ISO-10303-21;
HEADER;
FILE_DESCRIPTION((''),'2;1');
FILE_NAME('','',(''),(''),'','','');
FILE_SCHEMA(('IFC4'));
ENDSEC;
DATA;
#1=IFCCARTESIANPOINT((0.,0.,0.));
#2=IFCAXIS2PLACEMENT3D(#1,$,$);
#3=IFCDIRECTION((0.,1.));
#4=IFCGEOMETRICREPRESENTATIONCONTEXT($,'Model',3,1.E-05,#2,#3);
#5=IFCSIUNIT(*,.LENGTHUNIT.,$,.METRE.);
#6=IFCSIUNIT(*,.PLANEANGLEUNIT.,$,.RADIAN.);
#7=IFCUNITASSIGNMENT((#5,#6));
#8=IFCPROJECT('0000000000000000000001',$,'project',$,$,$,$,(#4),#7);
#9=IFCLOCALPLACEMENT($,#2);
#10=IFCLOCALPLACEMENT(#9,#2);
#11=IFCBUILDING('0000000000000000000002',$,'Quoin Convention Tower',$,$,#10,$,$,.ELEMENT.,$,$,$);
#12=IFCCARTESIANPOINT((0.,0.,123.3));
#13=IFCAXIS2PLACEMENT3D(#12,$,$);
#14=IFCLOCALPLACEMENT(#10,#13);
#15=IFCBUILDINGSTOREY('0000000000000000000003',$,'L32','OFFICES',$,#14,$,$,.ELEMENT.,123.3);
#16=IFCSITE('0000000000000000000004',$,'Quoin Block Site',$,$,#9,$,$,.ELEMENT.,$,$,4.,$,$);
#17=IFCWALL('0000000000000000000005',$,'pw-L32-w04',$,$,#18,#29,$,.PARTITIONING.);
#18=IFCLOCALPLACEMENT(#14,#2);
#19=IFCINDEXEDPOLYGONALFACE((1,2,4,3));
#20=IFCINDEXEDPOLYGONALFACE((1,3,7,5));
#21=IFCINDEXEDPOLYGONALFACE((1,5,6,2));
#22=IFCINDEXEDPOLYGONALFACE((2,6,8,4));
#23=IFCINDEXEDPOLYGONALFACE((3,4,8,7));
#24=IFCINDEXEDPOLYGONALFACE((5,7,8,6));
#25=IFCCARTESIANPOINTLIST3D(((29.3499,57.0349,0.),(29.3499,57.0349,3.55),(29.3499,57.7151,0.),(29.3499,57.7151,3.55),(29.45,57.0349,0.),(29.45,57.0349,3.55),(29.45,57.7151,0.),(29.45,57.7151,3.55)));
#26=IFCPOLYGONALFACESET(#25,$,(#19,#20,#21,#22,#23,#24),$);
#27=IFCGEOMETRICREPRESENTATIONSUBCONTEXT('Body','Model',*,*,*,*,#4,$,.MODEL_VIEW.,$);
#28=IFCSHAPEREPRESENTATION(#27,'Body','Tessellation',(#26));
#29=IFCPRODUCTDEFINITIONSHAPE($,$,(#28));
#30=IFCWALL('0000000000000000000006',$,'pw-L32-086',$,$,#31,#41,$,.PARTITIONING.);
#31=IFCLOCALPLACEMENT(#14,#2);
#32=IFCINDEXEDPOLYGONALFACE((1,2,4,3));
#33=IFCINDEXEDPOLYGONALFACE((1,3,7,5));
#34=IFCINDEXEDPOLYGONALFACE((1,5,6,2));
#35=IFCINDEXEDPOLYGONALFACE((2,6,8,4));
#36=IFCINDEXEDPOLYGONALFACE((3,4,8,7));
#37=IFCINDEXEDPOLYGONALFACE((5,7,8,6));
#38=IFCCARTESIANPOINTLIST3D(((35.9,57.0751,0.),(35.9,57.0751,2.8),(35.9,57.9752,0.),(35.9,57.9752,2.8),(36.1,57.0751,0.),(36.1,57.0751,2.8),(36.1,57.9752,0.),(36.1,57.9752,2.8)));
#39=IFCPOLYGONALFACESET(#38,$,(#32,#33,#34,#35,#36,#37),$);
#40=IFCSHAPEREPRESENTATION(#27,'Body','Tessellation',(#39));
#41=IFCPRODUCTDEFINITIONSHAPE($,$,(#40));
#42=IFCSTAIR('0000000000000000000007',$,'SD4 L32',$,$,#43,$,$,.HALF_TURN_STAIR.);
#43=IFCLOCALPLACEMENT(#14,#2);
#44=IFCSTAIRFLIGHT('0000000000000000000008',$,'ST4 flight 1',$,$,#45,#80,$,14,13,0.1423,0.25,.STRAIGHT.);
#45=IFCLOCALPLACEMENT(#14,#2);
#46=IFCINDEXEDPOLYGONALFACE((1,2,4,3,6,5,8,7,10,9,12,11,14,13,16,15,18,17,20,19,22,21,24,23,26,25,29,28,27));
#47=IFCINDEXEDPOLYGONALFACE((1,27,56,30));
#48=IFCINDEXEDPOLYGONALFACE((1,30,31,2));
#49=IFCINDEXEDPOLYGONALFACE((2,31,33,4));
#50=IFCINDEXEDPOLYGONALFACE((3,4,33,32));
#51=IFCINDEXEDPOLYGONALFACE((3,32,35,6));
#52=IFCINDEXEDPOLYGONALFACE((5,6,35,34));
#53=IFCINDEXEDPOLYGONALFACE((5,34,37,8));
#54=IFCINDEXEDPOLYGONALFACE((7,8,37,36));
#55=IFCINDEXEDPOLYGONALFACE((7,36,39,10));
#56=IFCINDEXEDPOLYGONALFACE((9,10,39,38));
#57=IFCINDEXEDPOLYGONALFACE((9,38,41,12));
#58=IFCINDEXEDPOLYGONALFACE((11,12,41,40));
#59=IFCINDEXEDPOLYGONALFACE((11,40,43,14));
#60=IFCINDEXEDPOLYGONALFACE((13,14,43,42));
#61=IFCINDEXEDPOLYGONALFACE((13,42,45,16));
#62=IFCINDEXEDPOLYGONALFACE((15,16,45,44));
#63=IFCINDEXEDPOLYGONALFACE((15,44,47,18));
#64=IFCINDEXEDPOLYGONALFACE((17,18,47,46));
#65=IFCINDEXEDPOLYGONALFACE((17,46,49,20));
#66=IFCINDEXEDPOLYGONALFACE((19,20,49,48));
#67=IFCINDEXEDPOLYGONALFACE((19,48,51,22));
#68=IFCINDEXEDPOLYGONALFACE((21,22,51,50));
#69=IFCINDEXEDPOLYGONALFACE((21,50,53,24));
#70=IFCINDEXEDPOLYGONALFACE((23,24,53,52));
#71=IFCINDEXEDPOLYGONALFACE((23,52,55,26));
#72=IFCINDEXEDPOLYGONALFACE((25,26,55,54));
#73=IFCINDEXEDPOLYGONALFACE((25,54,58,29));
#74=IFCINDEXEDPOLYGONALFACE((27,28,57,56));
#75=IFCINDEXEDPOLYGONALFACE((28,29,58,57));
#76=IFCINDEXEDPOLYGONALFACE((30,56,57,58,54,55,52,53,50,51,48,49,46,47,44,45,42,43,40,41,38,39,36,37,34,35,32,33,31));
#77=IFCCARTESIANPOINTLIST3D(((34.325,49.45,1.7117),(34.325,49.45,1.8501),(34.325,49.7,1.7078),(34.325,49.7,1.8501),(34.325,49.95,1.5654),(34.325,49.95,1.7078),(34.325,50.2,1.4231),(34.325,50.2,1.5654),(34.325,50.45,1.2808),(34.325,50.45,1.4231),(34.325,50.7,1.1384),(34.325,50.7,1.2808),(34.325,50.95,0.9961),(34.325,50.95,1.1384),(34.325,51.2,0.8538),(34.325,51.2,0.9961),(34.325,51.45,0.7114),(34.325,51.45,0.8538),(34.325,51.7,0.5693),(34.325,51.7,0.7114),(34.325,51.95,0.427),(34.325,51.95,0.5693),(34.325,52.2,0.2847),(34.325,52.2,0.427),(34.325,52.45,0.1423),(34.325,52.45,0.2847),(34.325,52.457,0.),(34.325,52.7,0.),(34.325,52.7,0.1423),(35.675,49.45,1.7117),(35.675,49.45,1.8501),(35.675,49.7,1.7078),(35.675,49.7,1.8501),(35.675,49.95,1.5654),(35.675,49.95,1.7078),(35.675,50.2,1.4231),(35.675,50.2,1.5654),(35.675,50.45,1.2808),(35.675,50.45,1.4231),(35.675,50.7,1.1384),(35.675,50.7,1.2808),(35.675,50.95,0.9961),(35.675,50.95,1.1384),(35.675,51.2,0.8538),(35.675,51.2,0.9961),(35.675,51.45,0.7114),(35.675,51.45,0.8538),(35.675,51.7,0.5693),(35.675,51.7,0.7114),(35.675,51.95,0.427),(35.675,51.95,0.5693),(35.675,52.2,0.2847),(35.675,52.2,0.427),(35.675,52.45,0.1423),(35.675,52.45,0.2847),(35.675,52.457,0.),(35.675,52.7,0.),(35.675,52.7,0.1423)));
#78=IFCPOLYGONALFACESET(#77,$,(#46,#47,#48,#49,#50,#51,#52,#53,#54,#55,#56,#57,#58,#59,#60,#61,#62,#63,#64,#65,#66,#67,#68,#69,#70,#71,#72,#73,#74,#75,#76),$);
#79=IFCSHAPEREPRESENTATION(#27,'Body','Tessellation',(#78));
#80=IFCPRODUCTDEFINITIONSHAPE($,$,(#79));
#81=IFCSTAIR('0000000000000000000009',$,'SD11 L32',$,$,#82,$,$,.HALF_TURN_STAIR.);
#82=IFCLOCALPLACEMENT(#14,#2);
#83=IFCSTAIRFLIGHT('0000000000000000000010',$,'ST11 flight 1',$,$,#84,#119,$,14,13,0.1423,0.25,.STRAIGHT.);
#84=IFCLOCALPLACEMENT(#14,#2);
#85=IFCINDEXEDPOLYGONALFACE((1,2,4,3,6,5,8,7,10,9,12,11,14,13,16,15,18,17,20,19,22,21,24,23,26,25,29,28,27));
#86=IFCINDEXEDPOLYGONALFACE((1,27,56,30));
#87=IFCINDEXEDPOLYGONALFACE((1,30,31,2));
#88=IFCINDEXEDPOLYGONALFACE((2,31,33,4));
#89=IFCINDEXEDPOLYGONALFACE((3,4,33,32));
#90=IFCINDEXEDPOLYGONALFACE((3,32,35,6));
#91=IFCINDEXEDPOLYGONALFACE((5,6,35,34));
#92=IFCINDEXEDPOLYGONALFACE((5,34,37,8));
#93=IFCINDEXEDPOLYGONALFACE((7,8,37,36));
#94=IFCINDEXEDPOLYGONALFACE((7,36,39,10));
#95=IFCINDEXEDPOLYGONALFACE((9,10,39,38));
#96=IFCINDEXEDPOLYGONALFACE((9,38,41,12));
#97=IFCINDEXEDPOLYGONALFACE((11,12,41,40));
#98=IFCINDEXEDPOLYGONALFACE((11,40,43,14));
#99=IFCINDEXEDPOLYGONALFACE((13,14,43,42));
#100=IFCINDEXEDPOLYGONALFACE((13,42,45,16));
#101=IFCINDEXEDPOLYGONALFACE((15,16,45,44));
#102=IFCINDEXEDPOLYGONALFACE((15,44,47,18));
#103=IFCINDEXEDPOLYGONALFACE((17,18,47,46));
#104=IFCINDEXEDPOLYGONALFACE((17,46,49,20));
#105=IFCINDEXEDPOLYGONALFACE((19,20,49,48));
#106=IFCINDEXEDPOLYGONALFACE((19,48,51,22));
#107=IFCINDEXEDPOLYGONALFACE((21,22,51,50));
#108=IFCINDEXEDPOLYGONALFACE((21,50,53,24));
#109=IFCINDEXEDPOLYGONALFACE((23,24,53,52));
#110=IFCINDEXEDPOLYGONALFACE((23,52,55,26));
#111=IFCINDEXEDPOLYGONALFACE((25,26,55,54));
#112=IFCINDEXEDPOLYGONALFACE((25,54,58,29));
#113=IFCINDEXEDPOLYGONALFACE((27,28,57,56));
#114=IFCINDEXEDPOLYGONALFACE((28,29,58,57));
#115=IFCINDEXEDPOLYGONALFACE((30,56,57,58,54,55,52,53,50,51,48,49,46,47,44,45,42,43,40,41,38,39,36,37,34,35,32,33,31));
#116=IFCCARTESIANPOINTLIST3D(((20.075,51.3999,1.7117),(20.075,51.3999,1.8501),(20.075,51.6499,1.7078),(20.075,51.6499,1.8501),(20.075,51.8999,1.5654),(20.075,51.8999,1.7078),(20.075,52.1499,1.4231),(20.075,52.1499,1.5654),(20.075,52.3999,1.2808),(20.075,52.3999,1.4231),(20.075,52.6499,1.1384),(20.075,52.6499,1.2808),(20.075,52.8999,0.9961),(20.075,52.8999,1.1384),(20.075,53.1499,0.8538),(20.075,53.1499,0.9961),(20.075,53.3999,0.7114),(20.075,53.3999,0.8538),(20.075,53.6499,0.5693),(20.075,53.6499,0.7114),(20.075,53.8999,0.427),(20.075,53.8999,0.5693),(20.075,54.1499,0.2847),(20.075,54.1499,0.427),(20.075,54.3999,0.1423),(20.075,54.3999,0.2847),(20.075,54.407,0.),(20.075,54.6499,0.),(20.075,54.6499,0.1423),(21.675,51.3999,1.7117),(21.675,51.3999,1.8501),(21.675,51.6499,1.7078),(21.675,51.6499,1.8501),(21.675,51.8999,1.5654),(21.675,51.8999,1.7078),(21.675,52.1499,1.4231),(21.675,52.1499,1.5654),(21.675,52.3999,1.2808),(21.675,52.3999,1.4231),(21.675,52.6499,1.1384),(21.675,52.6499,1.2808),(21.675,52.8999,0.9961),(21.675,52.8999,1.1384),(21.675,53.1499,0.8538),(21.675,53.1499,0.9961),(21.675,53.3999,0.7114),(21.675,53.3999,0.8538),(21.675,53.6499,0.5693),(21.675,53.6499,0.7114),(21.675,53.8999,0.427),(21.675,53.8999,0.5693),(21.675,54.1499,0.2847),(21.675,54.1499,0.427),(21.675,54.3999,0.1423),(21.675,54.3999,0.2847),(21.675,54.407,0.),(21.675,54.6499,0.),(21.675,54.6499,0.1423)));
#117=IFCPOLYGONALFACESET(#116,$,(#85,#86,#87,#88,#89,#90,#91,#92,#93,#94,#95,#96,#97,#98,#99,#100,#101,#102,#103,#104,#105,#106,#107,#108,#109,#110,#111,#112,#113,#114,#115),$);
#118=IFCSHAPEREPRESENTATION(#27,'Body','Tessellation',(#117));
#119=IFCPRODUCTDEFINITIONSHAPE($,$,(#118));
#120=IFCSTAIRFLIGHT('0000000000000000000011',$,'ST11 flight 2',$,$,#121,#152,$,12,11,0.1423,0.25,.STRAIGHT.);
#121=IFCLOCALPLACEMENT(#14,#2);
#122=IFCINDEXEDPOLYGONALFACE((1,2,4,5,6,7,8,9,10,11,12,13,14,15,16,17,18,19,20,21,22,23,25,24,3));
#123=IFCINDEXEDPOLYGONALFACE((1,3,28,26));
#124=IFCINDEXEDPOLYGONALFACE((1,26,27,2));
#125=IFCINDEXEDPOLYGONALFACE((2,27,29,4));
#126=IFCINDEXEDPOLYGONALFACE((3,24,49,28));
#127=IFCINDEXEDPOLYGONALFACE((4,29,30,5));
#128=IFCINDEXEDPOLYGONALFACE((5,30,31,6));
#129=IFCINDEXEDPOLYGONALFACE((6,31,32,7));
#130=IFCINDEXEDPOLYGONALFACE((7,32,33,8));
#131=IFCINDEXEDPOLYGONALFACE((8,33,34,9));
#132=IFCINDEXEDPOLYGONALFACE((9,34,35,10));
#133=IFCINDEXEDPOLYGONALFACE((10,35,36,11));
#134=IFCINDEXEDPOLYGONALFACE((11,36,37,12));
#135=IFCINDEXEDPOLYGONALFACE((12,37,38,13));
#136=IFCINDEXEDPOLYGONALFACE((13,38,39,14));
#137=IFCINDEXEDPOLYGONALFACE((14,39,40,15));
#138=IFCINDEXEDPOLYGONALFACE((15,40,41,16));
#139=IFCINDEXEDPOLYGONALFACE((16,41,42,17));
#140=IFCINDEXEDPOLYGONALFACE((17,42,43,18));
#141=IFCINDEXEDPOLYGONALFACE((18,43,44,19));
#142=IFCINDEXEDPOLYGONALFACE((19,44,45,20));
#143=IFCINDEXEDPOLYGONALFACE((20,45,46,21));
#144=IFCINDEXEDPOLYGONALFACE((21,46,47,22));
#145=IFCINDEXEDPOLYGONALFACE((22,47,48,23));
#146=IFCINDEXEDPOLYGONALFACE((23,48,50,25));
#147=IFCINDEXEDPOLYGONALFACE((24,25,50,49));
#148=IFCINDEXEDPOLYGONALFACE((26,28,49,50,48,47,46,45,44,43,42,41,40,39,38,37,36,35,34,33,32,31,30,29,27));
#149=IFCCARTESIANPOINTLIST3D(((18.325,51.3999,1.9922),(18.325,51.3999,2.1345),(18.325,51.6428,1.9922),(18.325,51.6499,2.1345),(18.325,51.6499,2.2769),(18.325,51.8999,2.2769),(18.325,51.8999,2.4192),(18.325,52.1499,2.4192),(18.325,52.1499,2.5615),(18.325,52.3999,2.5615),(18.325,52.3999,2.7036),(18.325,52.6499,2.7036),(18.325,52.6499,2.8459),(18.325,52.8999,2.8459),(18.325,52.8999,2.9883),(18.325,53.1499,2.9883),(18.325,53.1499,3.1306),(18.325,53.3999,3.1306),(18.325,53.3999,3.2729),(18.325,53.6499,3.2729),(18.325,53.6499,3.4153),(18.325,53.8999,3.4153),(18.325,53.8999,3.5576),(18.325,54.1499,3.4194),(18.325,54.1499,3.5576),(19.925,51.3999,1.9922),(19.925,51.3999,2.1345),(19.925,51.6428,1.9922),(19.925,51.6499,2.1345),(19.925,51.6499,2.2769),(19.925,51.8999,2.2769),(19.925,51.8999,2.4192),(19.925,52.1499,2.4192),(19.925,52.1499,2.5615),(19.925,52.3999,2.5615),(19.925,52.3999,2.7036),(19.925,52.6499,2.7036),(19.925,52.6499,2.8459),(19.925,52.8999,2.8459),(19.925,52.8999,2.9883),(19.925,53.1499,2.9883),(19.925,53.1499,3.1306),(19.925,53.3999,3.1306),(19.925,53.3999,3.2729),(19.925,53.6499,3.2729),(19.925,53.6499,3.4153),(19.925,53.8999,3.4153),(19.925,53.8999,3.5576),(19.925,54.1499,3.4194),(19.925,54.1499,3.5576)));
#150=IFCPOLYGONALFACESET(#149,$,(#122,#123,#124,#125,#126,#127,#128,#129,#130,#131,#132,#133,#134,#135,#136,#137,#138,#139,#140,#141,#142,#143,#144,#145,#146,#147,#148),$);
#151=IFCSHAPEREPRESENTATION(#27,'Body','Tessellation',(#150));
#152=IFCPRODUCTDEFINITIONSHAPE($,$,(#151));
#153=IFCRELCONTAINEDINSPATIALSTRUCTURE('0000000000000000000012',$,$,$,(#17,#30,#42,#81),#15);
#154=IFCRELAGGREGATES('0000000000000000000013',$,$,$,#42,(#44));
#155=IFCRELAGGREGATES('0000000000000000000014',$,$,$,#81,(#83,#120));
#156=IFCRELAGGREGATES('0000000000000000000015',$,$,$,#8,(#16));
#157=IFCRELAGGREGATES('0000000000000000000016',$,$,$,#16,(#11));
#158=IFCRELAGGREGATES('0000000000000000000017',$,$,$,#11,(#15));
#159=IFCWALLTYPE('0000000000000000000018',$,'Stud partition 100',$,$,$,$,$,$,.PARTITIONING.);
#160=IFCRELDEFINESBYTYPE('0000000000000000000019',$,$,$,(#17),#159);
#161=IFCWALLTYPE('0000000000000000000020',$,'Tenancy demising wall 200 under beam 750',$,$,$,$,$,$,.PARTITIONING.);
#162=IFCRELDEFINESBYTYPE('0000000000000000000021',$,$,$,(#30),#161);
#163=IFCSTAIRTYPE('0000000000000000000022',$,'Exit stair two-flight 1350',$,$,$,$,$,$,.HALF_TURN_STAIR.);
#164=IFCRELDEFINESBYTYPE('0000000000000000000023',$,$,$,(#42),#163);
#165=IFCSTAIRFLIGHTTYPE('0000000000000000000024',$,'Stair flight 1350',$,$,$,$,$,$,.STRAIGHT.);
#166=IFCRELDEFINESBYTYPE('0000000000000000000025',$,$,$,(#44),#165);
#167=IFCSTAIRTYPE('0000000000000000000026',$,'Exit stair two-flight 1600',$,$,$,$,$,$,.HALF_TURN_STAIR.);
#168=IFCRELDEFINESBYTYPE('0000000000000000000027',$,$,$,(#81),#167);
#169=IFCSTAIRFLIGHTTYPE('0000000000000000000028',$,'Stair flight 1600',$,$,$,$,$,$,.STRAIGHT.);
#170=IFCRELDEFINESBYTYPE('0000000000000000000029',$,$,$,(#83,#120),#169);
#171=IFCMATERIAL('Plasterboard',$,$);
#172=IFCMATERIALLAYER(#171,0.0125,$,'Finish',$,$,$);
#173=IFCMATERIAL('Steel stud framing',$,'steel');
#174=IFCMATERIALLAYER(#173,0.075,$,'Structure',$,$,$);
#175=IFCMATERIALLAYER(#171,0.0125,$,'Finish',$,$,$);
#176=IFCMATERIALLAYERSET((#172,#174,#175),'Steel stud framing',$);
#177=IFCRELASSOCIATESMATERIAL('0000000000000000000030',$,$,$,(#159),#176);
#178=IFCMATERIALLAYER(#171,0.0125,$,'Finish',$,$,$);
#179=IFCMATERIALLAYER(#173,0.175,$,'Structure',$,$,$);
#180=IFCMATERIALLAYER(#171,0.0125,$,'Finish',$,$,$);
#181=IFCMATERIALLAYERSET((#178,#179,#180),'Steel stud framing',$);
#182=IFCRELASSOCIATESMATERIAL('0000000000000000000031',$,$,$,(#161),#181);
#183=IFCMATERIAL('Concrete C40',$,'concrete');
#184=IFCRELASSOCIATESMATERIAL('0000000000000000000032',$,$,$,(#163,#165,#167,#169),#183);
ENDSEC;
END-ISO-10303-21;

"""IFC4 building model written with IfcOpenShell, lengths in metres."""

from ifc_helpers import new_model, si_unit, direction, frame, frame_2d, origin, place, context, subcontext, project, spatial, polyline, rectangle, outline, extrude, material, layer, layer_set, type_object, element, aggregate, save


model = new_model("IFC4")

# Units and contexts
model_context = context("Model", 3, precision=1e-05, world=origin(), true_north=direction((0.0, 1.0)))
body_context = subcontext(model_context, "Body", "Model", "MODEL_VIEW")
ifc_project = project(units=[si_unit("LENGTHUNIT", "METRE"), si_unit("PLANEANGLEUNIT", "RADIAN")], contexts=[model_context])

# Site, building, storey
site_placement = place(None, origin())
site = spatial("IfcSite", under=ifc_project, at=site_placement, Name="Quoin Block Site", CompositionType="ELEMENT", RefElevation=4.0)
building_placement = place(site_placement, origin())
building = spatial("IfcBuilding", under=site, at=building_placement, Name="Quoin Convention Tower", CompositionType="ELEMENT")
storey_placement = place(building_placement, frame((0.0, 0.0, 123.3)))
storey = spatial("IfcBuildingStorey", under=building, at=storey_placement, Name="L32", Description="OFFICES", CompositionType="ELEMENT", Elevation=123.3)

# Shared definitions
ifc_material_1 = material(Name="Plasterboard")
ifc_material_2 = material(Name="Steel stud framing", Category="steel")

# Walls
ifc_layer_1 = layer(ifc_material_1, 0.0125, Name="Finish")
ifc_layer_2 = layer(ifc_material_2, 0.075, Name="Structure")
ifc_layer_3 = layer(ifc_material_1, 0.0125, Name="Finish")
ifc_layer_set_1 = layer_set([ifc_layer_1, ifc_layer_2, ifc_layer_3], Name="Steel stud framing")
wall_type_1 = type_object("IfcWallType", Name="Stud partition 100", PredefinedType="PARTITIONING", material=ifc_layer_set_1)
wall_1_placement = place(storey_placement, frame((29.3999, 57.7151, 0.0), z_axis=(0.0, 0.0, 1.0), x_axis=(0.0, -1.0, 0.0)))
element("IfcWall", 1, at=wall_1_placement, inside=storey, type_object=wall_type_1, Name="pw-L32-w04", PredefinedType="PARTITIONING", context=body_context, shape_type="SweptSolid", body=[
    extrude(rectangle(XDim=0.6802, YDim=0.1001, at=frame_2d((0.3401, 0.0))), origin(), (0.0, 0.0, 1.0), 3.55),
])
ifc_layer_4 = layer(ifc_material_1, 0.0125, Name="Finish")
ifc_layer_5 = layer(ifc_material_2, 0.175, Name="Structure")
ifc_layer_6 = layer(ifc_material_1, 0.0125, Name="Finish")
ifc_layer_set_2 = layer_set([ifc_layer_4, ifc_layer_5, ifc_layer_6], Name="Steel stud framing")
wall_type_2 = type_object("IfcWallType", Name="Tenancy demising wall 200 under beam 750", PredefinedType="PARTITIONING", material=ifc_layer_set_2)
wall_2_placement = place(storey_placement, frame((36.0, 57.075, 0.0), z_axis=(0.0, 0.0, 1.0), x_axis=(0.0, 1.0, 0.0)))
element("IfcWall", 2, at=wall_2_placement, inside=storey, type_object=wall_type_2, Name="pw-L32-086", PredefinedType="PARTITIONING", context=body_context, shape_type="SweptSolid", body=[
    extrude(rectangle(XDim=0.9001, YDim=0.2, at=frame_2d((0.4502, 0.0))), origin(), (0.0, 0.0, 1.0), 2.8),
])

# Stair, stair flight
ifc_material_3 = material(Name="Concrete C40", Category="concrete")
stair_type_1 = type_object("IfcStairType", Name="Exit stair two-flight 1350", PredefinedType="HALF_TURN_STAIR", material=ifc_material_3)
stair_1_placement = place(storey_placement, origin())
stair_1 = element("IfcStair", 3, at=stair_1_placement, inside=storey, type_object=stair_type_1, Name="SD4 L32", PredefinedType="HALF_TURN_STAIR")
stair_flight_type_1 = type_object("IfcStairFlightType", Name="Stair flight 1350", PredefinedType="STRAIGHT", material=ifc_material_3)
stair_flight_1_placement = place(storey_placement, frame((35.0, 52.7, 0.0), z_axis=(0.0, 0.0, 1.0), x_axis=(0.0, -1.0, 0.0)))
stair_flight_1 = element("IfcStairFlight", 4, at=stair_flight_1_placement, type_object=stair_flight_type_1, Name="ST4 flight 1", NumberOfRisers=14, NumberOfTreads=13, PredefinedType="STRAIGHT", RiserHeight=0.1423, TreadLength=0.25, context=body_context, shape_type="SweptSolid", body=[
    extrude(outline(polyline([(0.0, 0.0), (0.0, 0.1423), (0.25, 0.1423), (0.25, 0.2847), (0.5, 0.2847), (0.5, 0.427), (0.75, 0.427), (0.75, 0.5693), (1.0, 0.5693), (1.0, 0.7114), (1.25, 0.7114), (1.25, 0.8538), (1.5, 0.8538), (1.5, 0.9961), (1.75, 0.9961), (1.75, 1.1384), (2.0, 1.1384), (2.0, 1.2808), (2.25, 1.2808), (2.25, 1.4231), (2.5, 1.4231), (2.5, 1.5654), (2.75, 1.5654), (2.75, 1.7078), (3.0, 1.7078), (3.0, 1.8501), (3.25, 1.8501), (3.25, 1.9922), (3.25, 1.7117), (0.2429, 0.0), (0.0, 0.0)])), frame((0.0, 0.675, 0.0), z_axis=(0.0, -1.0, 0.0), x_axis=(1.0, 0.0, 0.0)), (0.0, 0.0, 1.0), 1.3501),
])
aggregate(stair_1, [stair_flight_1])

# Stair, stair flights
stair_type_2 = type_object("IfcStairType", Name="Exit stair two-flight 1600", PredefinedType="HALF_TURN_STAIR", material=ifc_material_3)
stair_2_placement = place(storey_placement, origin())
stair_2 = element("IfcStair", 5, at=stair_2_placement, inside=storey, type_object=stair_type_2, Name="SD11 L32", PredefinedType="HALF_TURN_STAIR")
stair_flight_type_2 = type_object("IfcStairFlightType", Name="Stair flight 1600", PredefinedType="STRAIGHT", material=ifc_material_3)
stair_flight_2_placement = place(storey_placement, frame((20.875, 54.6499, 0.0), z_axis=(0.0, 0.0, 1.0), x_axis=(0.0, -1.0, 0.0)))
stair_flight_2 = element("IfcStairFlight", 6, at=stair_flight_2_placement, type_object=stair_flight_type_2, Name="ST11 flight 1", NumberOfRisers=14, NumberOfTreads=13, PredefinedType="STRAIGHT", RiserHeight=0.1423, TreadLength=0.25, context=body_context, shape_type="SweptSolid", body=[
    extrude(outline(polyline([(0.0, 0.0), (0.0, 0.1423), (0.25, 0.1423), (0.25, 0.2847), (0.5, 0.2847), (0.5, 0.427), (0.75, 0.427), (0.75, 0.5693), (1.0, 0.5693), (1.0, 0.7114), (1.25, 0.7114), (1.25, 0.8538), (1.5, 0.8538), (1.5, 0.9961), (1.75, 0.9961), (1.75, 1.1384), (2.0, 1.1384), (2.0, 1.2808), (2.25, 1.2808), (2.25, 1.4231), (2.5, 1.4231), (2.5, 1.5654), (2.75, 1.5654), (2.75, 1.7078), (3.0, 1.7078), (3.0, 1.8501), (3.25, 1.8501), (3.25, 1.9922), (3.25, 1.7117), (0.2429, 0.0), (0.0, 0.0)])), frame((0.0, 0.8, 0.0), z_axis=(0.0, -1.0, 0.0), x_axis=(1.0, 0.0, 0.0)), (0.0, 0.0, 1.0), 1.6001),
])
stair_flight_3_placement = place(storey_placement, frame((19.125, 51.3999, 1.9922), z_axis=(0.0, 0.0, 1.0), x_axis=(0.0, 1.0, 0.0)))
stair_flight_3 = element("IfcStairFlight", 7, at=stair_flight_3_placement, type_object=stair_flight_type_2, Name="ST11 flight 2", NumberOfRisers=12, NumberOfTreads=11, PredefinedType="STRAIGHT", RiserHeight=0.1423, TreadLength=0.25, context=body_context, shape_type="SweptSolid", body=[
    extrude(outline(polyline([(0.0, 0.0), (0.0, 0.1423), (0.25, 0.1423), (0.25, 0.2847), (0.5, 0.2847), (0.5, 0.427), (0.75, 0.427), (0.75, 0.5693), (1.0, 0.5693), (1.0, 0.7114), (1.25, 0.7114), (1.25, 0.8538), (1.5, 0.8538), (1.5, 0.9961), (1.75, 0.9961), (1.75, 1.1384), (2.0, 1.1384), (2.0, 1.2808), (2.25, 1.2808), (2.25, 1.4231), (2.5, 1.4231), (2.5, 1.5654), (2.75, 1.5654), (2.75, 1.7078), (2.75, 1.4272), (0.2429, 0.0), (0.0, 0.0)])), frame((0.0, 0.8, 0.0), z_axis=(0.0, -1.0, 0.0), x_axis=(1.0, 0.0, 0.0)), (0.0, 0.0, 1.0), 1.6001),
])
aggregate(stair_2, [stair_flight_2, stair_flight_3])

save(model, "model.ifc")
